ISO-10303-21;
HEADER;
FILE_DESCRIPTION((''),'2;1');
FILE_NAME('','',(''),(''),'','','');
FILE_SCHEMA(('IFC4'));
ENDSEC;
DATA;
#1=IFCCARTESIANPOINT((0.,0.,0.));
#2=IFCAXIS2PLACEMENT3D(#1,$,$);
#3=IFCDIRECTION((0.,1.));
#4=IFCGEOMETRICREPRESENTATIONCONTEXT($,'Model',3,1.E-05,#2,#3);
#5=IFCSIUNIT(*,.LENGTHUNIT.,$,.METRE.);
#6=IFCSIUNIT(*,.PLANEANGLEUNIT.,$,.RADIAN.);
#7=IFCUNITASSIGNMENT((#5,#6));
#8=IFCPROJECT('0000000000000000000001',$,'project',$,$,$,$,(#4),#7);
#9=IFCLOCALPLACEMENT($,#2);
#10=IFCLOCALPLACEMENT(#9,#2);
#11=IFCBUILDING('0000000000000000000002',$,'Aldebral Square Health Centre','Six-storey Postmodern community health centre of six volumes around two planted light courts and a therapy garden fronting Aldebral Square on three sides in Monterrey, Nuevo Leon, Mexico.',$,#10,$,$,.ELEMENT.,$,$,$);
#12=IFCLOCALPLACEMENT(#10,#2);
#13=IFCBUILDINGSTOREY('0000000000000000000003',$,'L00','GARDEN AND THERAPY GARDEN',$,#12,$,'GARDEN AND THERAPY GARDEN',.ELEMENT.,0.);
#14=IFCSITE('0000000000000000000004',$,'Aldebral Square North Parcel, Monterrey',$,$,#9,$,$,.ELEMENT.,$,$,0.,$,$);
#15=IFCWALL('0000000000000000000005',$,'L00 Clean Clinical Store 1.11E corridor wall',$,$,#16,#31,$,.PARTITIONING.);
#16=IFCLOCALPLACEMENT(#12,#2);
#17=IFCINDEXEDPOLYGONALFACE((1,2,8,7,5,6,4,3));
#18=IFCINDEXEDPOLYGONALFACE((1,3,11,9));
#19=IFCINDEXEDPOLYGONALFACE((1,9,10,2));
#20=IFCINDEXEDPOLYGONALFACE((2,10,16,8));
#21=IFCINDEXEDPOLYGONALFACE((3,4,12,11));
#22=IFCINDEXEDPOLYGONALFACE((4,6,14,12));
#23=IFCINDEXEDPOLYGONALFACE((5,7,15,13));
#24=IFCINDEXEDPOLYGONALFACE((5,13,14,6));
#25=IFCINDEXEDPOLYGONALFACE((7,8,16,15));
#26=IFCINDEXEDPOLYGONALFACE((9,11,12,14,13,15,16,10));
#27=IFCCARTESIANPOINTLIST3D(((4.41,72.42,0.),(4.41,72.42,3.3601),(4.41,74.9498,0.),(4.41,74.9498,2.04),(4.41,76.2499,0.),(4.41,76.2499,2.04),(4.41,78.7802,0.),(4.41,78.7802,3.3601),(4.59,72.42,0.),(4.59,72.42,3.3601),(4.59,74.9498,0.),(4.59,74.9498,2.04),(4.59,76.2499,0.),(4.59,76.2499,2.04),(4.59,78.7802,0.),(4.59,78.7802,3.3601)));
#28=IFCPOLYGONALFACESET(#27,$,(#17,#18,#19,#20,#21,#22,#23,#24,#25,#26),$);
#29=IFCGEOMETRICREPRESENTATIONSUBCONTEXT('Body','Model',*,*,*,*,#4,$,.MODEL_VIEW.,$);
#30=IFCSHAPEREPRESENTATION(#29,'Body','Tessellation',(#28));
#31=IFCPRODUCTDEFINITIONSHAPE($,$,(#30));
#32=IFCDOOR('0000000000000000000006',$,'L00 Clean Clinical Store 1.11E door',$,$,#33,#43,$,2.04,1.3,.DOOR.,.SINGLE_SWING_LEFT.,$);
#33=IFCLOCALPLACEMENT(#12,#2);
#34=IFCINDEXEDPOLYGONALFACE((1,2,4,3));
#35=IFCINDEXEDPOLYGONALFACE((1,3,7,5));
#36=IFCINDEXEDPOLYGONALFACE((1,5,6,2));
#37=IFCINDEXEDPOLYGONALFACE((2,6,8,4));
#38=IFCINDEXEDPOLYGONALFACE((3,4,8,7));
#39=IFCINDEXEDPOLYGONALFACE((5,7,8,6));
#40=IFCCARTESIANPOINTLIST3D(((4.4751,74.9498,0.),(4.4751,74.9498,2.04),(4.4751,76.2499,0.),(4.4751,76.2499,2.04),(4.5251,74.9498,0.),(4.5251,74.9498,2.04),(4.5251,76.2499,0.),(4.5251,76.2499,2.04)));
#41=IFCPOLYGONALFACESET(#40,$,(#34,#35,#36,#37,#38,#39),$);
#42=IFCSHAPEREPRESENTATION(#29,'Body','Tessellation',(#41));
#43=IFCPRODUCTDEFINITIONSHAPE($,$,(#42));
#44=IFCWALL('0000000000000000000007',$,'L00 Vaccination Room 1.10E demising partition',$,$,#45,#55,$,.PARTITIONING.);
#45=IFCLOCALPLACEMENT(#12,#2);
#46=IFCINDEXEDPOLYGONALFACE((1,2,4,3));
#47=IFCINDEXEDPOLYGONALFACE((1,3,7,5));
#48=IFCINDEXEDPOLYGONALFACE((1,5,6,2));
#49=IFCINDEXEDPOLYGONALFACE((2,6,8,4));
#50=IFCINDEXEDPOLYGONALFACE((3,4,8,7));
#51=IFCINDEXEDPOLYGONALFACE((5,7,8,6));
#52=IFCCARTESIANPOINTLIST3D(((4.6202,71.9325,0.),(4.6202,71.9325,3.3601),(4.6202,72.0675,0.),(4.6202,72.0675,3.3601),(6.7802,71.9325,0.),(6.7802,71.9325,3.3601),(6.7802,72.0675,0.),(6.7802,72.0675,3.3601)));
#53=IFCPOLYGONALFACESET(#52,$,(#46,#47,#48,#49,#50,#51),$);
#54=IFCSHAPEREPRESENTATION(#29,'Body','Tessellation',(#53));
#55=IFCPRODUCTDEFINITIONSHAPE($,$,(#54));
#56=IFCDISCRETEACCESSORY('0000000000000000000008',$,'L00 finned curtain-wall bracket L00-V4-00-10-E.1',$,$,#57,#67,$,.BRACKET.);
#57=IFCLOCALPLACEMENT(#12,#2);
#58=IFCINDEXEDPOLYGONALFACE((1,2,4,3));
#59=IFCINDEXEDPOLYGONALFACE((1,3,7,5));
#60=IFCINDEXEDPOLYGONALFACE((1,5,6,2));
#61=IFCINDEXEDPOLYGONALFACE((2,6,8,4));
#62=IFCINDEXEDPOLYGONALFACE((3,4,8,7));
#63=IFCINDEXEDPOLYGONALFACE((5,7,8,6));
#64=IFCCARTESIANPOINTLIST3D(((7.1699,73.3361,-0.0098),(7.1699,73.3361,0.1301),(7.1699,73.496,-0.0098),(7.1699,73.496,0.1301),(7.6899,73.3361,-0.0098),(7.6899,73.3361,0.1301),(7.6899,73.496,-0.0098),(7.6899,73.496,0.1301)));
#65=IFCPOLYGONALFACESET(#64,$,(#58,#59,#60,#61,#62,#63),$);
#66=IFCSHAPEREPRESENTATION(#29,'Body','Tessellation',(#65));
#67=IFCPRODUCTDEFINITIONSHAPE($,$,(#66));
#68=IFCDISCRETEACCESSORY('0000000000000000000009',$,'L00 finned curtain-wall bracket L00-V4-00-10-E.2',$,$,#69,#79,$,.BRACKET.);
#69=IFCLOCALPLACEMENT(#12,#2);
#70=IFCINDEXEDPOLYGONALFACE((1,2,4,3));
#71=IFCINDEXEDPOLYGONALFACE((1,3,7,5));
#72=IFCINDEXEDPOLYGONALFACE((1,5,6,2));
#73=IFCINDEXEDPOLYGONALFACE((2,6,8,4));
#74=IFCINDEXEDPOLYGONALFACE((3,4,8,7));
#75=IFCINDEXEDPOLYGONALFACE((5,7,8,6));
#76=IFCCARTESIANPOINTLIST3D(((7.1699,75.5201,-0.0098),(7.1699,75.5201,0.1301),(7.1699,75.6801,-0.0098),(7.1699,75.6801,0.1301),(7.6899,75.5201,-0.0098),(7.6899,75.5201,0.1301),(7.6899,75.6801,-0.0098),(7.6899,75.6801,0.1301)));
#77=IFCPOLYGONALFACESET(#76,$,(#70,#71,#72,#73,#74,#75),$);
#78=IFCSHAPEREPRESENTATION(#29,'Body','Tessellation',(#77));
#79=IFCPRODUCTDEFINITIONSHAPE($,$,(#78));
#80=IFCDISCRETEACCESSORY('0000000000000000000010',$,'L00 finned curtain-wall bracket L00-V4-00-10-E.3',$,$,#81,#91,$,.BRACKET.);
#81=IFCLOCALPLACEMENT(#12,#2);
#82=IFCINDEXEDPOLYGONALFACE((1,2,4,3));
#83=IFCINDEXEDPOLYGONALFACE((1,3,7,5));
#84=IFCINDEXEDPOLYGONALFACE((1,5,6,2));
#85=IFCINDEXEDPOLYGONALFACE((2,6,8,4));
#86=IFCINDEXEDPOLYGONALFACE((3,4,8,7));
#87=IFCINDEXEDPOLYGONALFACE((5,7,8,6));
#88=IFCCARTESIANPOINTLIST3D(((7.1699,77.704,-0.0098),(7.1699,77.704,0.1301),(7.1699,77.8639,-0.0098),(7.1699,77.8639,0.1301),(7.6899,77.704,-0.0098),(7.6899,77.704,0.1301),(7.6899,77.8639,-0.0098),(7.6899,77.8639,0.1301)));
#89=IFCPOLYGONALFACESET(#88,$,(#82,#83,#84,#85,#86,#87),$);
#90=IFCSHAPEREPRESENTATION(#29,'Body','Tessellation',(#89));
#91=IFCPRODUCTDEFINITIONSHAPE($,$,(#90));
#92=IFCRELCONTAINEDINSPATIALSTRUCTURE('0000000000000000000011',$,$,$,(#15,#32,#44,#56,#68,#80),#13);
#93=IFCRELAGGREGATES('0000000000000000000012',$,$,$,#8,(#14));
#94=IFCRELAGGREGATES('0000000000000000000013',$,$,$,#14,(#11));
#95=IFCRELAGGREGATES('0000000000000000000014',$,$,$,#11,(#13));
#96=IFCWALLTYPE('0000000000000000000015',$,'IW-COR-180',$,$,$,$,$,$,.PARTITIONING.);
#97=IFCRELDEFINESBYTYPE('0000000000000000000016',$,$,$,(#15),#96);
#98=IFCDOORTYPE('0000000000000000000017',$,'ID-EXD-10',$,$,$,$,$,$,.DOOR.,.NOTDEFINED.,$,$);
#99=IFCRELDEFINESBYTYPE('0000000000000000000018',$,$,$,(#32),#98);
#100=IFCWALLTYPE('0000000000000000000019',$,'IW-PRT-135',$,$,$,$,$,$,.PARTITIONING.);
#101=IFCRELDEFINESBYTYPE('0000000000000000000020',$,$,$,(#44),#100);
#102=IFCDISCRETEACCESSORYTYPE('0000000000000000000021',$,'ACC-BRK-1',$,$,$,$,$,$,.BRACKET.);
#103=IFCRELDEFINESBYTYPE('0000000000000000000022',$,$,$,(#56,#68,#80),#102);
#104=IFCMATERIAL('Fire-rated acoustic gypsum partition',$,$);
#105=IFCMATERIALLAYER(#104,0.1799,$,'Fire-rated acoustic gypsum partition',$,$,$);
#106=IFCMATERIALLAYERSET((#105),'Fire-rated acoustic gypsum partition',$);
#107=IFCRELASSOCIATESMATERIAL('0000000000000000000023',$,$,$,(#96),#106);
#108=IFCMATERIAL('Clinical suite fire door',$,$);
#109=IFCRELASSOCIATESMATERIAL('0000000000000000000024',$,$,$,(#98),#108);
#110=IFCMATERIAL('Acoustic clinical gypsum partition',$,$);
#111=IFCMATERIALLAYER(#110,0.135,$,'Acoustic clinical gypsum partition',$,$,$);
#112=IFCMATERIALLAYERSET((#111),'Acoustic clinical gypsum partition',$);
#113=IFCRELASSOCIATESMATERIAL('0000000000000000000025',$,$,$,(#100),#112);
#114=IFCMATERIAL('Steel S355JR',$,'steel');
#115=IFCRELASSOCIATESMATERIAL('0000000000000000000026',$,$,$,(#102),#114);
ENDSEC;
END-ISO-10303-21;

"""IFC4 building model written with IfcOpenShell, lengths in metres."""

from ifc_helpers import new_model, si_unit, direction, frame, frame_2d, origin, origin_2d, place, context, subcontext, project, spatial, rectangle, extrude, material, layer, layer_set, type_object, element, fill, save


model = new_model("IFC4")

# Units and contexts
model_context = context("Model", 3, precision=1e-05, world=origin(), true_north=direction((0.0, 1.0)))
body_context = subcontext(model_context, "Body", "Model", "MODEL_VIEW")
ifc_project = project(units=[si_unit("LENGTHUNIT", "METRE"), si_unit("PLANEANGLEUNIT", "RADIAN")], contexts=[model_context])

# Site, building, storey
site_placement = place(None, origin())
site = spatial("IfcSite", under=ifc_project, at=site_placement, Name="Aldebral Square North Parcel, Monterrey", CompositionType="ELEMENT", RefElevation=0.0)
building_placement = place(site_placement, origin())
building = spatial("IfcBuilding", under=site, at=building_placement, Name="Aldebral Square Health Centre", Description="Six-storey Postmodern community health centre of six volumes around two planted light courts and a therapy garden fronting Aldebral Square on three sides in Monterrey, Nuevo Leon, Mexico.", CompositionType="ELEMENT")
storey_placement = place(building_placement, origin())
storey = spatial("IfcBuildingStorey", under=building, at=storey_placement, Name="L00", Description="GARDEN AND THERAPY GARDEN", LongName="GARDEN AND THERAPY GARDEN", CompositionType="ELEMENT", Elevation=0.0)

# Wall, opening, door
ifc_material_1 = material(Name="Fire-rated acoustic gypsum partition")
ifc_layer_1 = layer(ifc_material_1, 0.1799, Name="Fire-rated acoustic gypsum partition")
ifc_layer_set_1 = layer_set([ifc_layer_1], Name="Fire-rated acoustic gypsum partition")
wall_type_1 = type_object("IfcWallType", Name="IW-COR-180", PredefinedType="PARTITIONING", material=ifc_layer_set_1)
wall_1_placement = place(storey_placement, frame((4.5, 72.4199, 0.0), z_axis=(0.0, 0.0, 1.0), x_axis=(0.0, 1.0, 0.0)))
wall_1 = element("IfcWall", 1, at=wall_1_placement, inside=storey, type_object=wall_type_1, Name="L00 Clean Clinical Store 1.11E corridor wall", PredefinedType="PARTITIONING", context=body_context, shape_type="SweptSolid", body=[
    extrude(rectangle(XDim=6.3601, YDim=0.1799, at=frame_2d((3.1802, 0.0))), origin(), (0.0, 0.0, 1.0), 3.3601),
])
opening_1_placement = place(wall_1_placement, frame((2.53, 0.0, 0.0)))
opening_1 = element("IfcOpeningElement", 2, at=opening_1_placement, cuts=wall_1, PredefinedType="OPENING", context=body_context, shape_type="SweptSolid", body=[
    extrude(rectangle(XDim=1.3, YDim=2.04, at=frame_2d((0.6499, 1.02))), frame((0.0, 0.1001, 0.0), z_axis=(0.0, -1.0, 0.0), x_axis=(1.0, 0.0, 0.0)), (0.0, 0.0, 1.0), 0.2),
])
ifc_material_2 = material(Name="Clinical suite fire door")
door_type = type_object("IfcDoorType", Name="ID-EXD-10", OperationType="NOTDEFINED", PredefinedType="DOOR", material=ifc_material_2)
door_placement = place(opening_1_placement, origin())
door = element("IfcDoor", 3, at=door_placement, inside=storey, type_object=door_type, Name="L00 Clean Clinical Store 1.11E door", OperationType="SINGLE_SWING_LEFT", OverallHeight=2.04, OverallWidth=1.3, PredefinedType="DOOR", context=body_context, shape_type="SweptSolid", body=[
    extrude(rectangle(XDim=1.3, YDim=2.04, at=frame_2d((0.6499, 1.02))), frame((0.0, 0.0249, 0.0), z_axis=(0.0, -1.0, 0.0), x_axis=(1.0, 0.0, 0.0)), (0.0, 0.0, 1.0), 0.05),
])
fill(opening_1, door)

# Wall
ifc_material_3 = material(Name="Acoustic clinical gypsum partition")
ifc_layer_2 = layer(ifc_material_3, 0.135, Name="Acoustic clinical gypsum partition")
ifc_layer_set_2 = layer_set([ifc_layer_2], Name="Acoustic clinical gypsum partition")
wall_type_2 = type_object("IfcWallType", Name="IW-PRT-135", PredefinedType="PARTITIONING", material=ifc_layer_set_2)
wall_2_placement = place(storey_placement, frame((4.6201, 72.0, 0.0), z_axis=(0.0, 0.0, 1.0), x_axis=(1.0, 0.0, 0.0)))
element("IfcWall", 4, at=wall_2_placement, inside=storey, type_object=wall_type_2, Name="L00 Vaccination Room 1.10E demising partition", PredefinedType="PARTITIONING", context=body_context, shape_type="SweptSolid", body=[
    extrude(rectangle(XDim=2.1599, YDim=0.135, at=frame_2d((1.0801, 0.0))), origin(), (0.0, 0.0, 1.0), 3.3601),
])

# Discrete accessories
ifc_material_4 = material(Name="Steel S355JR", Category="steel")
discrete_accessory_type = type_object("IfcDiscreteAccessoryType", Name="ACC-BRK-1", PredefinedType="BRACKET", material=ifc_material_4)
for number, where, z_axis, x_axis, name in (
    (5, (7.4299, 73.416, -0.0098), (0.0, 0.0, 1.0), (0.0, 1.0, 0.0), "L00 finned curtain-wall bracket L00-V4-00-10-E.1"),
    (6, (7.4299, 75.6001, -0.0098), (0.0, 0.0, 1.0), (0.0, 1.0, 0.0), "L00 finned curtain-wall bracket L00-V4-00-10-E.2"),
    (7, (7.4299, 77.7839, -0.0098), (0.0, 0.0, 1.0), (0.0, 1.0, 0.0), "L00 finned curtain-wall bracket L00-V4-00-10-E.3"),
):
    element("IfcDiscreteAccessory", number, at=place(storey_placement, frame(where, z_axis=z_axis, x_axis=x_axis)), inside=storey, type_object=discrete_accessory_type, Name=name, PredefinedType="BRACKET", context=body_context, shape_type="SweptSolid", body=[
        extrude(rectangle(XDim=0.1599, YDim=0.52, at=origin_2d()), origin(), (0.0, 0.0, 1.0), 0.1399),
    ])

save(model, "model.ifc")
